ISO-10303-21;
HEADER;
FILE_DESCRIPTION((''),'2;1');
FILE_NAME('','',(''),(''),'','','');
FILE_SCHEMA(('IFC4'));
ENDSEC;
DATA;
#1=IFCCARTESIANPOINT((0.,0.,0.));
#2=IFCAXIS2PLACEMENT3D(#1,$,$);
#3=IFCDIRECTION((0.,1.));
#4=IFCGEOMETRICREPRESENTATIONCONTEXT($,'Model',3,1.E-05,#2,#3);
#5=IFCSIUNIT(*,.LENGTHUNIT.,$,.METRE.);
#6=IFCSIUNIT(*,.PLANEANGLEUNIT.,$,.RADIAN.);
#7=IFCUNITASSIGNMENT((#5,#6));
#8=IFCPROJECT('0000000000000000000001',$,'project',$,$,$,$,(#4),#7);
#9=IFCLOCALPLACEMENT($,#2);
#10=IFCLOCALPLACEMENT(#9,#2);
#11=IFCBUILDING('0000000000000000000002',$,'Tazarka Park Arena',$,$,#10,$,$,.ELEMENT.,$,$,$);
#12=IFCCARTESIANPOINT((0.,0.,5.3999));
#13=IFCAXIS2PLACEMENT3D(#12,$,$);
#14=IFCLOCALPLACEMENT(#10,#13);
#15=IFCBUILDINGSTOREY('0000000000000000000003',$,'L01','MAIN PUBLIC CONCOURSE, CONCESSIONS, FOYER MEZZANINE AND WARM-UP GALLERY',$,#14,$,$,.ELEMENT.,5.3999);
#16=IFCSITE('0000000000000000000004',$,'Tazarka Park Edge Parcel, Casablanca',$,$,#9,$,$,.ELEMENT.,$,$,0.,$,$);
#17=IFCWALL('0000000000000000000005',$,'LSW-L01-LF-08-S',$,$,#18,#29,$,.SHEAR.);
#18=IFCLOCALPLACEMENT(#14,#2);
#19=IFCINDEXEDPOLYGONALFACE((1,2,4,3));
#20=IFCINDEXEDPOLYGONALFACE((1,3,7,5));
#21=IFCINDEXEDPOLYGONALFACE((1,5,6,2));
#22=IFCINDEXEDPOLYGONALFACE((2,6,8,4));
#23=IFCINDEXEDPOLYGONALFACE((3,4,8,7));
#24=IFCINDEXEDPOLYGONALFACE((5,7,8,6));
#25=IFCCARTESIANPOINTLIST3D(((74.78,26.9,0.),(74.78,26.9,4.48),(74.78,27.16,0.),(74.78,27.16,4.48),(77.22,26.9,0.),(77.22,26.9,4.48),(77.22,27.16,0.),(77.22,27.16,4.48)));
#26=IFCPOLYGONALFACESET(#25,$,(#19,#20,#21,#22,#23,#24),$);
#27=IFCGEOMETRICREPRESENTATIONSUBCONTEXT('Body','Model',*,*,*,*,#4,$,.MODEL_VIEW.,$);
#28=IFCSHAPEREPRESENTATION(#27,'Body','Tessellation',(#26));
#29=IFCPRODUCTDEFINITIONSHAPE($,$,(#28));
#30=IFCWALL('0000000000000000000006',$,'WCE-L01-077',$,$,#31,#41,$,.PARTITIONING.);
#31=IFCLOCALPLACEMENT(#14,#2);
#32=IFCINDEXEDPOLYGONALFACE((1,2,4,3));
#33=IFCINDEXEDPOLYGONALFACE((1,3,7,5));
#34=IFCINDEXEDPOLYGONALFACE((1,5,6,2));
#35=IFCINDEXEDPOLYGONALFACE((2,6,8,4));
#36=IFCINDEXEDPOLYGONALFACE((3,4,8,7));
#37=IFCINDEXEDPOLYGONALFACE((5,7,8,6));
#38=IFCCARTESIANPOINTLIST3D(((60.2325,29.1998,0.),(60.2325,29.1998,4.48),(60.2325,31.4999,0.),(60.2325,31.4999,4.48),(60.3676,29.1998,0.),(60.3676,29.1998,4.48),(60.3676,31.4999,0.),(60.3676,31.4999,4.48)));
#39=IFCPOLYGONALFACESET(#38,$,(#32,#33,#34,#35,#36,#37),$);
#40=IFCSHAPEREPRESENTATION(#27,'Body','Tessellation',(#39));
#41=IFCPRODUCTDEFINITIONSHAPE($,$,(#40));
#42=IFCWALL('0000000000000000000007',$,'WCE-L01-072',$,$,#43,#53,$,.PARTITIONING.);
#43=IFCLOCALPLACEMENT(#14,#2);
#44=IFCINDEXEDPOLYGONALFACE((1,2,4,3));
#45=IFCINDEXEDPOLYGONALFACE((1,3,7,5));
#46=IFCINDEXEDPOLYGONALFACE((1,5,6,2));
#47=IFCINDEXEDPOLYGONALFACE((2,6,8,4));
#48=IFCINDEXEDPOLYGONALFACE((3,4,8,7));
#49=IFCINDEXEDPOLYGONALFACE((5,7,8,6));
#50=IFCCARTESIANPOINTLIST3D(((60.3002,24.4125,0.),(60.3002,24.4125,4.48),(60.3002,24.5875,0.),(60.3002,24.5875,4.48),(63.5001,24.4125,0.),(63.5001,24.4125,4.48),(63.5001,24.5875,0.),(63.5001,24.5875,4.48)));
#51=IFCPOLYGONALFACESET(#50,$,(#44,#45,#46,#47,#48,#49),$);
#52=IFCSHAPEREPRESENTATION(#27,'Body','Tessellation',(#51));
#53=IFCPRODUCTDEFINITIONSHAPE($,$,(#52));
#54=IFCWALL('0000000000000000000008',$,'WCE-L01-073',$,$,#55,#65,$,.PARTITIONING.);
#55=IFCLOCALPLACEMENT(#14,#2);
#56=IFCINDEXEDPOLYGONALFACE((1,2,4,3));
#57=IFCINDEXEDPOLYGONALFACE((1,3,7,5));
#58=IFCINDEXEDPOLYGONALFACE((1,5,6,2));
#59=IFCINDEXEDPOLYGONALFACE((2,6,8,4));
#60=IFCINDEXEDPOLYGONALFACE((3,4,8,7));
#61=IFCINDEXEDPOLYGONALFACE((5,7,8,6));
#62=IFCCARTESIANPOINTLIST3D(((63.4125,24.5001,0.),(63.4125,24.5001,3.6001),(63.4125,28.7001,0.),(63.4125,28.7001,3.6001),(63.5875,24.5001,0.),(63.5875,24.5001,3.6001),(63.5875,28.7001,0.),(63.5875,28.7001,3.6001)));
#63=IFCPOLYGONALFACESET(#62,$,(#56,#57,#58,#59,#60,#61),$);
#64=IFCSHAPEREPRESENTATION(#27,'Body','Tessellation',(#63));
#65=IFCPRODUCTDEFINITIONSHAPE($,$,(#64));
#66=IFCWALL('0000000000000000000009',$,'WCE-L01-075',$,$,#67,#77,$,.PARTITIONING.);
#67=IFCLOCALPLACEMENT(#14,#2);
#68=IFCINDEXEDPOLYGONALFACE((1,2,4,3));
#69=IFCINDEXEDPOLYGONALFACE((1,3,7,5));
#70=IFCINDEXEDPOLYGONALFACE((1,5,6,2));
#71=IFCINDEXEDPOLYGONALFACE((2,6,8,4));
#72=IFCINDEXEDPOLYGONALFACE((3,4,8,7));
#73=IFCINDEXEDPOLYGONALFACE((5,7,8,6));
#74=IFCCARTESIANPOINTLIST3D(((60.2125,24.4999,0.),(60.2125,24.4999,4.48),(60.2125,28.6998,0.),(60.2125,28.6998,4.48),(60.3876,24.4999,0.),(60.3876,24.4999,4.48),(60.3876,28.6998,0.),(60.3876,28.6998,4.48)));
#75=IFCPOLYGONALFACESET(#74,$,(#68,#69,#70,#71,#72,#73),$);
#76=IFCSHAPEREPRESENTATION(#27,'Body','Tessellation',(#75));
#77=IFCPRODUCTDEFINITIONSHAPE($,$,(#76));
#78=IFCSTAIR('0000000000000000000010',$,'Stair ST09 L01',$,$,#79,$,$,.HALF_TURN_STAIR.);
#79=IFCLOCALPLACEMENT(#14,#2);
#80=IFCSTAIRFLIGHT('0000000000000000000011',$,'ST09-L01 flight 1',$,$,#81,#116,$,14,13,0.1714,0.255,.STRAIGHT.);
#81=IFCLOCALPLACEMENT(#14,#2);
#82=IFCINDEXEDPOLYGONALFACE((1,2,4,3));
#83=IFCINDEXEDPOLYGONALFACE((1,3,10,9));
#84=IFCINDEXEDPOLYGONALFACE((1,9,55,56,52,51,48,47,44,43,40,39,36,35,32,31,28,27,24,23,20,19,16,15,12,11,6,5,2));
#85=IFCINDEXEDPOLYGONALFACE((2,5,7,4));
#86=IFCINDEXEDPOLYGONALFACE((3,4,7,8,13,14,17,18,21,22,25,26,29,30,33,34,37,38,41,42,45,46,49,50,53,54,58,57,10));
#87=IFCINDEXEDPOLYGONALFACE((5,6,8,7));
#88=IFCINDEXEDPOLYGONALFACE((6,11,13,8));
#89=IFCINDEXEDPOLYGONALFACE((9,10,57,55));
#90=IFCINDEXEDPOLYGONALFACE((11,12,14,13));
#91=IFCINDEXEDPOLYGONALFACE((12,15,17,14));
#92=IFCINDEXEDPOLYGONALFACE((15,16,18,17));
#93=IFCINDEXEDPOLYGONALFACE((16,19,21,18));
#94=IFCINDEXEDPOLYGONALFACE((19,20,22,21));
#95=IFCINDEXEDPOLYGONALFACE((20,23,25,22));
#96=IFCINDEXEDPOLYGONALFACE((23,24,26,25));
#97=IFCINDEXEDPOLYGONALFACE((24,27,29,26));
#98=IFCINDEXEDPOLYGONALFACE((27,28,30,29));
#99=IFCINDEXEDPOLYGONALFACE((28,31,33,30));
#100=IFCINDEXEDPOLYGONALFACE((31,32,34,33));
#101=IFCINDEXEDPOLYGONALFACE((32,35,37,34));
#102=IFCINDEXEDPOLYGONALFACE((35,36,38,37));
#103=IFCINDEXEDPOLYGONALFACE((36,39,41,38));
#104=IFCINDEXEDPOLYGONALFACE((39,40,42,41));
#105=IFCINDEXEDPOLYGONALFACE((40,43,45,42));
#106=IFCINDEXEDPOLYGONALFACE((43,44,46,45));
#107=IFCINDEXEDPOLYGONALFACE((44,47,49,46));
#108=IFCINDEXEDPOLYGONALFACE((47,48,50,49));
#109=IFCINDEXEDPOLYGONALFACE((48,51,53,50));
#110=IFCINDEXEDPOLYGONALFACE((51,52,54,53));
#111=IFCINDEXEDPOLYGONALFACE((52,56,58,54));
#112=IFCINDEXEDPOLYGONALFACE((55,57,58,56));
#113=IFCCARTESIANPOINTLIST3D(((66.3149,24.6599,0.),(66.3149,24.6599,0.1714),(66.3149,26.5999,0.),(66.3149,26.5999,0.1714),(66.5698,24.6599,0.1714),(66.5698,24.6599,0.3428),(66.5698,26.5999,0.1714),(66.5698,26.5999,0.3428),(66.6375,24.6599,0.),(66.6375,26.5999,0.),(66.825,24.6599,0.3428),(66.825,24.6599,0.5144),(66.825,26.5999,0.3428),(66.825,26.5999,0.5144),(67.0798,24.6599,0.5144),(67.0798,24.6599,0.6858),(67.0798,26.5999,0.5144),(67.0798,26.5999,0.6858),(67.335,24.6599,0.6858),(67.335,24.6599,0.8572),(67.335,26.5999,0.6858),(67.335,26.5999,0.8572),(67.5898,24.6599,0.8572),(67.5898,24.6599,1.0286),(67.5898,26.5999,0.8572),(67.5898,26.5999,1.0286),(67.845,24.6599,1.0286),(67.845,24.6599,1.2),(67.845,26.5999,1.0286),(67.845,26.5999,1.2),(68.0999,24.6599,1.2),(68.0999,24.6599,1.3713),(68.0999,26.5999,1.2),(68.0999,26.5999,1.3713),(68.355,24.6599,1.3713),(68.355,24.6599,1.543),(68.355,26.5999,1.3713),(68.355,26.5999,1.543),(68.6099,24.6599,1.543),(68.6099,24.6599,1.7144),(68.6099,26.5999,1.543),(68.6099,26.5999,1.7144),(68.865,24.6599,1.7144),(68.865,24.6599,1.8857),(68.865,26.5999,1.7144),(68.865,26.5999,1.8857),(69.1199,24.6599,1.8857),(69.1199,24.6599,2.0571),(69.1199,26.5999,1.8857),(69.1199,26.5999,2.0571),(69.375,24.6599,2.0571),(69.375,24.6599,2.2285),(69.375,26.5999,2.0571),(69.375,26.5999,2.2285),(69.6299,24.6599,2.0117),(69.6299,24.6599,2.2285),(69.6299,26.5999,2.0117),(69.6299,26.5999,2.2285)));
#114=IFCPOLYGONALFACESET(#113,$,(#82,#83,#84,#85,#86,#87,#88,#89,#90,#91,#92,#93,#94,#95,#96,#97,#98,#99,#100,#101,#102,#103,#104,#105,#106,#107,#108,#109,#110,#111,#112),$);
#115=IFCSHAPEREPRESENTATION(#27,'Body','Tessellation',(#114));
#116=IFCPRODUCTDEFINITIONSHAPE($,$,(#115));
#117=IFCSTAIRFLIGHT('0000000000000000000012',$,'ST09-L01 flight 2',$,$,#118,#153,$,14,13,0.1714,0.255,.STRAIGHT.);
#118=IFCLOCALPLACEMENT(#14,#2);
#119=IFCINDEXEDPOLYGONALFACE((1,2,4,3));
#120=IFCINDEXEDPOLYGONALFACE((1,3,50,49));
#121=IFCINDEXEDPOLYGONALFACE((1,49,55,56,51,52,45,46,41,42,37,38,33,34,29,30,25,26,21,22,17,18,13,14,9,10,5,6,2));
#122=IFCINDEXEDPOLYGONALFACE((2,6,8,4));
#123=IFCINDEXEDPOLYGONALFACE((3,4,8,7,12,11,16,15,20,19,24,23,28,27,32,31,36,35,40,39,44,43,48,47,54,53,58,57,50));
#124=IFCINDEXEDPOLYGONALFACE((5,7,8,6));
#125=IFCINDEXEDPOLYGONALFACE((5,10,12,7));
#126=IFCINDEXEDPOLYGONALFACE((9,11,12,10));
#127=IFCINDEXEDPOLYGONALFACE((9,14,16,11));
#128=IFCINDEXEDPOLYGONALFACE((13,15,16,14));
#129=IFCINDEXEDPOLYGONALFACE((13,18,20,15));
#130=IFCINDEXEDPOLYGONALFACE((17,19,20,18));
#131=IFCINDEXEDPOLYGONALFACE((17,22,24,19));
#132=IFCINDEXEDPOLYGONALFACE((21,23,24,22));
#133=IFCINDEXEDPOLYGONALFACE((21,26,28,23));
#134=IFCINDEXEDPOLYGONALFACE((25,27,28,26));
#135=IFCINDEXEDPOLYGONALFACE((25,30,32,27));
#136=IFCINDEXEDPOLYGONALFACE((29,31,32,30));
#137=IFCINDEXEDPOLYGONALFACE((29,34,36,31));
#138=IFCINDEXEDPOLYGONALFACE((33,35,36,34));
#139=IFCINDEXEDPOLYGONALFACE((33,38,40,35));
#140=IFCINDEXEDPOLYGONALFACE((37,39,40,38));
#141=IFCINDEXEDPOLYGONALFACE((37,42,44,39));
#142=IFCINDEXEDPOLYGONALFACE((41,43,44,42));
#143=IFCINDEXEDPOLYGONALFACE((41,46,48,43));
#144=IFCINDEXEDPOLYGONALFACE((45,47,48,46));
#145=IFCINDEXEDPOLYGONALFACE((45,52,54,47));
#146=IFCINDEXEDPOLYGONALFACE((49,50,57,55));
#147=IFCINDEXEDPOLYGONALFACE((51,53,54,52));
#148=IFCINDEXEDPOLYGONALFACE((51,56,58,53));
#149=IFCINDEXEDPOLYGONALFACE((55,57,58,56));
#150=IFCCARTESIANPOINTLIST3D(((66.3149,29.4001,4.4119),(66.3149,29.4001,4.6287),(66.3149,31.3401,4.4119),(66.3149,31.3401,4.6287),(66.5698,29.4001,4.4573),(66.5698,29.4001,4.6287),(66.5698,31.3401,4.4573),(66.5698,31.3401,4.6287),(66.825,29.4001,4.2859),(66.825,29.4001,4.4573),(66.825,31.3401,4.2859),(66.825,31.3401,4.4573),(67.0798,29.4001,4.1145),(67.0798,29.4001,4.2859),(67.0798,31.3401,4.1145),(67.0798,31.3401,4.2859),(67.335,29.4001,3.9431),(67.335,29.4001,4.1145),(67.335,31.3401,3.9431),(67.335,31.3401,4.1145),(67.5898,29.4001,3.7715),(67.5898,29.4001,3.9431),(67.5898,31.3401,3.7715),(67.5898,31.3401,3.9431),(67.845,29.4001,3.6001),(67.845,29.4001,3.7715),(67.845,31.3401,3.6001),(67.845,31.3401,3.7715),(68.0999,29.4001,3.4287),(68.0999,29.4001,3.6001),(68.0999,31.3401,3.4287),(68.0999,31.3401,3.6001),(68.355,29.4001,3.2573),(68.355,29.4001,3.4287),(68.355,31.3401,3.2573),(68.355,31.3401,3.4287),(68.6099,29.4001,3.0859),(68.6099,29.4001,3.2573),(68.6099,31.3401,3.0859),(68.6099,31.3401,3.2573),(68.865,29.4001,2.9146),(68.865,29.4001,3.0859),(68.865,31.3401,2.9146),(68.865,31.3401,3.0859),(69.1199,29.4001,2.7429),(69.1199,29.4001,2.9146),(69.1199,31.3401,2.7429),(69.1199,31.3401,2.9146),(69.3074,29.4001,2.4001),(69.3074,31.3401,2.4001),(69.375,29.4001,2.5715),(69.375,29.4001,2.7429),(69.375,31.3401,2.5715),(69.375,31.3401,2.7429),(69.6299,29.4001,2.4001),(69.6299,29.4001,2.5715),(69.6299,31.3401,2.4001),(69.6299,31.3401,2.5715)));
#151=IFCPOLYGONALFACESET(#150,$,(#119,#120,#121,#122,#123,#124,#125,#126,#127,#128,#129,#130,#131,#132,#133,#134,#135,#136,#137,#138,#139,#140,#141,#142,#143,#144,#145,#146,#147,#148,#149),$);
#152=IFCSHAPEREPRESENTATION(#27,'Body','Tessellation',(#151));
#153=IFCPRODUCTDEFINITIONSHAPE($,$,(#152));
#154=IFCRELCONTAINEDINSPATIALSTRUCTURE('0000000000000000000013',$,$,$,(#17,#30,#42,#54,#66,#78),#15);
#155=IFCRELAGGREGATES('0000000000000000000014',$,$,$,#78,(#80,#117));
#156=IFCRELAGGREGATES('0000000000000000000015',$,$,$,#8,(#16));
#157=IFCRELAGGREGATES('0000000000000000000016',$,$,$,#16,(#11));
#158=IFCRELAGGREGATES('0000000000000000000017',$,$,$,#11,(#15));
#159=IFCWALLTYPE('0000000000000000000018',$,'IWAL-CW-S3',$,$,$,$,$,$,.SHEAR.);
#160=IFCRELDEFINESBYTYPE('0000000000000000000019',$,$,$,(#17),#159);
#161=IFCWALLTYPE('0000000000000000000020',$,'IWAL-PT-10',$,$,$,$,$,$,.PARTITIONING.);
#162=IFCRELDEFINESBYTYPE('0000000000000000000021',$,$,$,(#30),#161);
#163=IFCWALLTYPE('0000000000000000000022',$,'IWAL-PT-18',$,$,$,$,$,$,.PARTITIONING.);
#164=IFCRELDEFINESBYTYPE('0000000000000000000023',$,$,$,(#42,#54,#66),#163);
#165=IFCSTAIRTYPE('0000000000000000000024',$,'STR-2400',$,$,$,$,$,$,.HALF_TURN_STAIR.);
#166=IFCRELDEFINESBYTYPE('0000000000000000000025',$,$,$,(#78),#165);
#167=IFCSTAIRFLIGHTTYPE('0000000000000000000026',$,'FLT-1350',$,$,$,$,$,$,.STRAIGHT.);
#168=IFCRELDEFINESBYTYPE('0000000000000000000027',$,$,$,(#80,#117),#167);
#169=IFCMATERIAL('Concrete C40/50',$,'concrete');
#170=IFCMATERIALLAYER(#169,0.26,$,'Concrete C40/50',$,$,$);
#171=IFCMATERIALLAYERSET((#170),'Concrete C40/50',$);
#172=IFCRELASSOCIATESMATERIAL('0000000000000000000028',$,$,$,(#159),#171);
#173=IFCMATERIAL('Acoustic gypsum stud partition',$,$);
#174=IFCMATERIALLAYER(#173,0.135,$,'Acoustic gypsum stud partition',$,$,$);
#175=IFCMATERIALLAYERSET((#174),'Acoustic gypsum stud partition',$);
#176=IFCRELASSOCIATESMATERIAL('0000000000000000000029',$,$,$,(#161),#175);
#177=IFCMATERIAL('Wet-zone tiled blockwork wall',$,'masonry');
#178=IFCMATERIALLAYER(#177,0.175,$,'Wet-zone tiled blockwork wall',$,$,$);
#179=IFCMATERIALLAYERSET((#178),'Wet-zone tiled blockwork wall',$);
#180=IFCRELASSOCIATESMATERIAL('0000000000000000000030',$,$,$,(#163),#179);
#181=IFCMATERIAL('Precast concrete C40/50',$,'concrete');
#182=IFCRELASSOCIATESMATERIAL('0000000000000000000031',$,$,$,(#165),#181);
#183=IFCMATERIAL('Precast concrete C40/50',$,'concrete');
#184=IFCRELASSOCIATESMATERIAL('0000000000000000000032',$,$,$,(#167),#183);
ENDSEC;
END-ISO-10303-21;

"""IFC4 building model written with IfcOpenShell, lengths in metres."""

from ifc_helpers import new_model, si_unit, direction, frame, frame_2d, origin, place, context, subcontext, project, spatial, polyline, rectangle, outline, extrude, material, layer, layer_set, type_object, element, aggregate, save


model = new_model("IFC4")

# Units and contexts
model_context = context("Model", 3, precision=1e-05, world=origin(), true_north=direction((0.0, 1.0)))
body_context = subcontext(model_context, "Body", "Model", "MODEL_VIEW")
ifc_project = project(units=[si_unit("LENGTHUNIT", "METRE"), si_unit("PLANEANGLEUNIT", "RADIAN")], contexts=[model_context])

# Site, building, storey
site_placement = place(None, origin())
site = spatial("IfcSite", under=ifc_project, at=site_placement, Name="Tazarka Park Edge Parcel, Casablanca", CompositionType="ELEMENT", RefElevation=0.0)
building_placement = place(site_placement, origin())
building = spatial("IfcBuilding", under=site, at=building_placement, Name="Tazarka Park Arena", CompositionType="ELEMENT")
storey_placement = place(building_placement, frame((0.0, 0.0, 5.3999)))
storey = spatial("IfcBuildingStorey", under=building, at=storey_placement, Name="L01", Description="MAIN PUBLIC CONCOURSE, CONCESSIONS, FOYER MEZZANINE AND WARM-UP GALLERY", CompositionType="ELEMENT", Elevation=5.3999)

# Wall
ifc_material_1 = material(Name="Concrete C40/50", Category="concrete")
ifc_layer_1 = layer(ifc_material_1, 0.26, Name="Concrete C40/50")
ifc_layer_set_1 = layer_set([ifc_layer_1], Name="Concrete C40/50")
wall_type_1 = type_object("IfcWallType", Name="IWAL-CW-S3", PredefinedType="SHEAR", material=ifc_layer_set_1)
for number, where, z_axis, x_axis, name in (
    (1, (77.22, 27.03, 0.0), (0.0, 0.0, 1.0), (-1.0, 0.0, 0.0), "LSW-L01-LF-08-S"),
):
    element("IfcWall", number, at=place(storey_placement, frame(where, z_axis=z_axis, x_axis=x_axis)), inside=storey, type_object=wall_type_1, Name=name, PredefinedType="SHEAR", context=body_context, shape_type="SweptSolid", body=[
        extrude(rectangle(XDim=2.4399, YDim=0.26, at=frame_2d((1.22, 0.0))), origin(), (0.0, 0.0, 1.0), 4.48),
    ])

# Wall
ifc_material_2 = material(Name="Acoustic gypsum stud partition")
ifc_layer_2 = layer(ifc_material_2, 0.135, Name="Acoustic gypsum stud partition")
ifc_layer_set_2 = layer_set([ifc_layer_2], Name="Acoustic gypsum stud partition")
wall_type_2 = type_object("IfcWallType", Name="IWAL-PT-10", PredefinedType="PARTITIONING", material=ifc_layer_set_2)
wall_1_placement = place(storey_placement, frame((60.3, 29.2, 0.0), z_axis=(0.0, 0.0, 1.0), x_axis=(0.0, 1.0, 0.0)))
element("IfcWall", 2, at=wall_1_placement, inside=storey, type_object=wall_type_2, Name="WCE-L01-077", PredefinedType="PARTITIONING", context=body_context, shape_type="SweptSolid", body=[
    extrude(rectangle(XDim=2.3, YDim=0.135, at=frame_2d((1.1499, 0.0))), origin(), (0.0, 0.0, 1.0), 4.48),
])

# Walls
ifc_material_3 = material(Name="Wet-zone tiled blockwork wall", Category="masonry")
ifc_layer_3 = layer(ifc_material_3, 0.175, Name="Wet-zone tiled blockwork wall")
ifc_layer_set_3 = layer_set([ifc_layer_3], Name="Wet-zone tiled blockwork wall")
wall_type_3 = type_object("IfcWallType", Name="IWAL-PT-18", PredefinedType="PARTITIONING", material=ifc_layer_set_3)
wall_2_placement = place(storey_placement, frame((60.3, 24.5, 0.0), z_axis=(0.0, 0.0, 1.0), x_axis=(1.0, 0.0, 0.0)))
element("IfcWall", 3, at=wall_2_placement, inside=storey, type_object=wall_type_3, Name="WCE-L01-072", PredefinedType="PARTITIONING", context=body_context, shape_type="SweptSolid", body=[
    extrude(rectangle(XDim=3.2, YDim=0.175, at=frame_2d((1.6001, 0.0))), origin(), (0.0, 0.0, 1.0), 4.48),
])
wall_3_placement = place(storey_placement, frame((63.5, 24.5, 0.0), z_axis=(0.0, 0.0, 1.0), x_axis=(0.0, 1.0, 0.0)))
element("IfcWall", 4, at=wall_3_placement, inside=storey, type_object=wall_type_3, Name="WCE-L01-073", PredefinedType="PARTITIONING", context=body_context, shape_type="SweptSolid", body=[
    extrude(rectangle(XDim=4.2, YDim=0.175, at=frame_2d((2.1001, 0.0))), origin(), (0.0, 0.0, 1.0), 3.6001),
])

# Wall
wall_4_placement = place(storey_placement, frame((60.3, 28.7, 0.0), z_axis=(0.0, 0.0, 1.0), x_axis=(0.0, -1.0, 0.0)))
element("IfcWall", 5, at=wall_4_placement, inside=storey, type_object=wall_type_3, Name="WCE-L01-075", PredefinedType="PARTITIONING", context=body_context, shape_type="SweptSolid", body=[
    extrude(rectangle(XDim=4.2, YDim=0.175, at=frame_2d((2.1001, 0.0))), origin(), (0.0, 0.0, 1.0), 4.48),
])

# Stair, stair flights
ifc_material_4 = material(Name="Precast concrete C40/50", Category="concrete")
stair_type = type_object("IfcStairType", Name="STR-2400", PredefinedType="HALF_TURN_STAIR", material=ifc_material_4)
stair_placement = place(storey_placement, origin())
stair = element("IfcStair", 6, at=stair_placement, inside=storey, type_object=stair_type, Name="Stair ST09 L01", PredefinedType="HALF_TURN_STAIR")
ifc_material_5 = material(Name="Precast concrete C40/50", Category="concrete")
stair_flight_type = type_object("IfcStairFlightType", Name="FLT-1350", PredefinedType="STRAIGHT", material=ifc_material_5)
stair_flight_1_placement = place(storey_placement, frame((66.3149, 25.6299, 0.0), z_axis=(0.0, 0.0, 1.0), x_axis=(1.0, 0.0, 0.0)))
stair_flight_1 = element("IfcStairFlight", 7, at=stair_flight_1_placement, type_object=stair_flight_type, Name="ST09-L01 flight 1", NumberOfRisers=14, NumberOfTreads=13, PredefinedType="STRAIGHT", RiserHeight=0.1714, TreadLength=0.255, context=body_context, shape_type="SweptSolid", body=[
    extrude(outline(polyline([(0.0, 0.0), (0.0, 0.1714), (0.2549, 0.1714), (0.2549, 0.3428), (0.51, 0.3428), (0.51, 0.5144), (0.7649, 0.5144), (0.7649, 0.6858), (1.02, 0.6858), (1.02, 0.8572), (1.2749, 0.8572), (1.2749, 1.0286), (1.53, 1.0286), (1.53, 1.2), (1.7849, 1.2), (1.7849, 1.3713), (2.04, 1.3713), (2.04, 1.543), (2.2949, 1.543), (2.2949, 1.7144), (2.55, 1.7144), (2.55, 1.8857), (2.8049, 1.8857), (2.8049, 2.0571), (3.0601, 2.0571), (3.0601, 2.2285), (3.3149, 2.2285), (3.3149, 2.3999), (3.3149, 2.0117), (0.3225, 0.0), (0.0, 0.0)])), frame((0.0, 0.97, 0.0), z_axis=(0.0, -1.0, 0.0), x_axis=(1.0, 0.0, 0.0)), (0.0, 0.0, 1.0), 1.9399),
])
stair_flight_2_placement = place(storey_placement, frame((69.6299, 30.3701, 2.4001), z_axis=(0.0, 0.0, 1.0), x_axis=(-1.0, 0.0, 0.0)))
stair_flight_2 = element("IfcStairFlight", 8, at=stair_flight_2_placement, type_object=stair_flight_type, Name="ST09-L01 flight 2", NumberOfRisers=14, NumberOfTreads=13, PredefinedType="STRAIGHT", RiserHeight=0.1714, TreadLength=0.255, context=body_context, shape_type="SweptSolid", body=[
    extrude(outline(polyline([(0.0, 0.0), (0.0, 0.1714), (0.2549, 0.1714), (0.2549, 0.3428), (0.51, 0.3428), (0.51, 0.5144), (0.7649, 0.5144), (0.7649, 0.6858), (1.02, 0.6858), (1.02, 0.8572), (1.2749, 0.8572), (1.2749, 1.0286), (1.53, 1.0286), (1.53, 1.2), (1.7849, 1.2), (1.7849, 1.3713), (2.04, 1.3713), (2.04, 1.543), (2.2949, 1.543), (2.2949, 1.7144), (2.55, 1.7144), (2.55, 1.8857), (2.8049, 1.8857), (2.8049, 2.0571), (3.0601, 2.0571), (3.0601, 2.2285), (3.3149, 2.2285), (3.3149, 2.3999), (3.3149, 2.0117), (0.3225, 0.0), (0.0, 0.0)])), frame((0.0, 0.97, 0.0), z_axis=(0.0, -1.0, 0.0), x_axis=(1.0, 0.0, 0.0)), (0.0, 0.0, 1.0), 1.9399),
])
aggregate(stair, [stair_flight_1, stair_flight_2])

save(model, "model.ifc")
